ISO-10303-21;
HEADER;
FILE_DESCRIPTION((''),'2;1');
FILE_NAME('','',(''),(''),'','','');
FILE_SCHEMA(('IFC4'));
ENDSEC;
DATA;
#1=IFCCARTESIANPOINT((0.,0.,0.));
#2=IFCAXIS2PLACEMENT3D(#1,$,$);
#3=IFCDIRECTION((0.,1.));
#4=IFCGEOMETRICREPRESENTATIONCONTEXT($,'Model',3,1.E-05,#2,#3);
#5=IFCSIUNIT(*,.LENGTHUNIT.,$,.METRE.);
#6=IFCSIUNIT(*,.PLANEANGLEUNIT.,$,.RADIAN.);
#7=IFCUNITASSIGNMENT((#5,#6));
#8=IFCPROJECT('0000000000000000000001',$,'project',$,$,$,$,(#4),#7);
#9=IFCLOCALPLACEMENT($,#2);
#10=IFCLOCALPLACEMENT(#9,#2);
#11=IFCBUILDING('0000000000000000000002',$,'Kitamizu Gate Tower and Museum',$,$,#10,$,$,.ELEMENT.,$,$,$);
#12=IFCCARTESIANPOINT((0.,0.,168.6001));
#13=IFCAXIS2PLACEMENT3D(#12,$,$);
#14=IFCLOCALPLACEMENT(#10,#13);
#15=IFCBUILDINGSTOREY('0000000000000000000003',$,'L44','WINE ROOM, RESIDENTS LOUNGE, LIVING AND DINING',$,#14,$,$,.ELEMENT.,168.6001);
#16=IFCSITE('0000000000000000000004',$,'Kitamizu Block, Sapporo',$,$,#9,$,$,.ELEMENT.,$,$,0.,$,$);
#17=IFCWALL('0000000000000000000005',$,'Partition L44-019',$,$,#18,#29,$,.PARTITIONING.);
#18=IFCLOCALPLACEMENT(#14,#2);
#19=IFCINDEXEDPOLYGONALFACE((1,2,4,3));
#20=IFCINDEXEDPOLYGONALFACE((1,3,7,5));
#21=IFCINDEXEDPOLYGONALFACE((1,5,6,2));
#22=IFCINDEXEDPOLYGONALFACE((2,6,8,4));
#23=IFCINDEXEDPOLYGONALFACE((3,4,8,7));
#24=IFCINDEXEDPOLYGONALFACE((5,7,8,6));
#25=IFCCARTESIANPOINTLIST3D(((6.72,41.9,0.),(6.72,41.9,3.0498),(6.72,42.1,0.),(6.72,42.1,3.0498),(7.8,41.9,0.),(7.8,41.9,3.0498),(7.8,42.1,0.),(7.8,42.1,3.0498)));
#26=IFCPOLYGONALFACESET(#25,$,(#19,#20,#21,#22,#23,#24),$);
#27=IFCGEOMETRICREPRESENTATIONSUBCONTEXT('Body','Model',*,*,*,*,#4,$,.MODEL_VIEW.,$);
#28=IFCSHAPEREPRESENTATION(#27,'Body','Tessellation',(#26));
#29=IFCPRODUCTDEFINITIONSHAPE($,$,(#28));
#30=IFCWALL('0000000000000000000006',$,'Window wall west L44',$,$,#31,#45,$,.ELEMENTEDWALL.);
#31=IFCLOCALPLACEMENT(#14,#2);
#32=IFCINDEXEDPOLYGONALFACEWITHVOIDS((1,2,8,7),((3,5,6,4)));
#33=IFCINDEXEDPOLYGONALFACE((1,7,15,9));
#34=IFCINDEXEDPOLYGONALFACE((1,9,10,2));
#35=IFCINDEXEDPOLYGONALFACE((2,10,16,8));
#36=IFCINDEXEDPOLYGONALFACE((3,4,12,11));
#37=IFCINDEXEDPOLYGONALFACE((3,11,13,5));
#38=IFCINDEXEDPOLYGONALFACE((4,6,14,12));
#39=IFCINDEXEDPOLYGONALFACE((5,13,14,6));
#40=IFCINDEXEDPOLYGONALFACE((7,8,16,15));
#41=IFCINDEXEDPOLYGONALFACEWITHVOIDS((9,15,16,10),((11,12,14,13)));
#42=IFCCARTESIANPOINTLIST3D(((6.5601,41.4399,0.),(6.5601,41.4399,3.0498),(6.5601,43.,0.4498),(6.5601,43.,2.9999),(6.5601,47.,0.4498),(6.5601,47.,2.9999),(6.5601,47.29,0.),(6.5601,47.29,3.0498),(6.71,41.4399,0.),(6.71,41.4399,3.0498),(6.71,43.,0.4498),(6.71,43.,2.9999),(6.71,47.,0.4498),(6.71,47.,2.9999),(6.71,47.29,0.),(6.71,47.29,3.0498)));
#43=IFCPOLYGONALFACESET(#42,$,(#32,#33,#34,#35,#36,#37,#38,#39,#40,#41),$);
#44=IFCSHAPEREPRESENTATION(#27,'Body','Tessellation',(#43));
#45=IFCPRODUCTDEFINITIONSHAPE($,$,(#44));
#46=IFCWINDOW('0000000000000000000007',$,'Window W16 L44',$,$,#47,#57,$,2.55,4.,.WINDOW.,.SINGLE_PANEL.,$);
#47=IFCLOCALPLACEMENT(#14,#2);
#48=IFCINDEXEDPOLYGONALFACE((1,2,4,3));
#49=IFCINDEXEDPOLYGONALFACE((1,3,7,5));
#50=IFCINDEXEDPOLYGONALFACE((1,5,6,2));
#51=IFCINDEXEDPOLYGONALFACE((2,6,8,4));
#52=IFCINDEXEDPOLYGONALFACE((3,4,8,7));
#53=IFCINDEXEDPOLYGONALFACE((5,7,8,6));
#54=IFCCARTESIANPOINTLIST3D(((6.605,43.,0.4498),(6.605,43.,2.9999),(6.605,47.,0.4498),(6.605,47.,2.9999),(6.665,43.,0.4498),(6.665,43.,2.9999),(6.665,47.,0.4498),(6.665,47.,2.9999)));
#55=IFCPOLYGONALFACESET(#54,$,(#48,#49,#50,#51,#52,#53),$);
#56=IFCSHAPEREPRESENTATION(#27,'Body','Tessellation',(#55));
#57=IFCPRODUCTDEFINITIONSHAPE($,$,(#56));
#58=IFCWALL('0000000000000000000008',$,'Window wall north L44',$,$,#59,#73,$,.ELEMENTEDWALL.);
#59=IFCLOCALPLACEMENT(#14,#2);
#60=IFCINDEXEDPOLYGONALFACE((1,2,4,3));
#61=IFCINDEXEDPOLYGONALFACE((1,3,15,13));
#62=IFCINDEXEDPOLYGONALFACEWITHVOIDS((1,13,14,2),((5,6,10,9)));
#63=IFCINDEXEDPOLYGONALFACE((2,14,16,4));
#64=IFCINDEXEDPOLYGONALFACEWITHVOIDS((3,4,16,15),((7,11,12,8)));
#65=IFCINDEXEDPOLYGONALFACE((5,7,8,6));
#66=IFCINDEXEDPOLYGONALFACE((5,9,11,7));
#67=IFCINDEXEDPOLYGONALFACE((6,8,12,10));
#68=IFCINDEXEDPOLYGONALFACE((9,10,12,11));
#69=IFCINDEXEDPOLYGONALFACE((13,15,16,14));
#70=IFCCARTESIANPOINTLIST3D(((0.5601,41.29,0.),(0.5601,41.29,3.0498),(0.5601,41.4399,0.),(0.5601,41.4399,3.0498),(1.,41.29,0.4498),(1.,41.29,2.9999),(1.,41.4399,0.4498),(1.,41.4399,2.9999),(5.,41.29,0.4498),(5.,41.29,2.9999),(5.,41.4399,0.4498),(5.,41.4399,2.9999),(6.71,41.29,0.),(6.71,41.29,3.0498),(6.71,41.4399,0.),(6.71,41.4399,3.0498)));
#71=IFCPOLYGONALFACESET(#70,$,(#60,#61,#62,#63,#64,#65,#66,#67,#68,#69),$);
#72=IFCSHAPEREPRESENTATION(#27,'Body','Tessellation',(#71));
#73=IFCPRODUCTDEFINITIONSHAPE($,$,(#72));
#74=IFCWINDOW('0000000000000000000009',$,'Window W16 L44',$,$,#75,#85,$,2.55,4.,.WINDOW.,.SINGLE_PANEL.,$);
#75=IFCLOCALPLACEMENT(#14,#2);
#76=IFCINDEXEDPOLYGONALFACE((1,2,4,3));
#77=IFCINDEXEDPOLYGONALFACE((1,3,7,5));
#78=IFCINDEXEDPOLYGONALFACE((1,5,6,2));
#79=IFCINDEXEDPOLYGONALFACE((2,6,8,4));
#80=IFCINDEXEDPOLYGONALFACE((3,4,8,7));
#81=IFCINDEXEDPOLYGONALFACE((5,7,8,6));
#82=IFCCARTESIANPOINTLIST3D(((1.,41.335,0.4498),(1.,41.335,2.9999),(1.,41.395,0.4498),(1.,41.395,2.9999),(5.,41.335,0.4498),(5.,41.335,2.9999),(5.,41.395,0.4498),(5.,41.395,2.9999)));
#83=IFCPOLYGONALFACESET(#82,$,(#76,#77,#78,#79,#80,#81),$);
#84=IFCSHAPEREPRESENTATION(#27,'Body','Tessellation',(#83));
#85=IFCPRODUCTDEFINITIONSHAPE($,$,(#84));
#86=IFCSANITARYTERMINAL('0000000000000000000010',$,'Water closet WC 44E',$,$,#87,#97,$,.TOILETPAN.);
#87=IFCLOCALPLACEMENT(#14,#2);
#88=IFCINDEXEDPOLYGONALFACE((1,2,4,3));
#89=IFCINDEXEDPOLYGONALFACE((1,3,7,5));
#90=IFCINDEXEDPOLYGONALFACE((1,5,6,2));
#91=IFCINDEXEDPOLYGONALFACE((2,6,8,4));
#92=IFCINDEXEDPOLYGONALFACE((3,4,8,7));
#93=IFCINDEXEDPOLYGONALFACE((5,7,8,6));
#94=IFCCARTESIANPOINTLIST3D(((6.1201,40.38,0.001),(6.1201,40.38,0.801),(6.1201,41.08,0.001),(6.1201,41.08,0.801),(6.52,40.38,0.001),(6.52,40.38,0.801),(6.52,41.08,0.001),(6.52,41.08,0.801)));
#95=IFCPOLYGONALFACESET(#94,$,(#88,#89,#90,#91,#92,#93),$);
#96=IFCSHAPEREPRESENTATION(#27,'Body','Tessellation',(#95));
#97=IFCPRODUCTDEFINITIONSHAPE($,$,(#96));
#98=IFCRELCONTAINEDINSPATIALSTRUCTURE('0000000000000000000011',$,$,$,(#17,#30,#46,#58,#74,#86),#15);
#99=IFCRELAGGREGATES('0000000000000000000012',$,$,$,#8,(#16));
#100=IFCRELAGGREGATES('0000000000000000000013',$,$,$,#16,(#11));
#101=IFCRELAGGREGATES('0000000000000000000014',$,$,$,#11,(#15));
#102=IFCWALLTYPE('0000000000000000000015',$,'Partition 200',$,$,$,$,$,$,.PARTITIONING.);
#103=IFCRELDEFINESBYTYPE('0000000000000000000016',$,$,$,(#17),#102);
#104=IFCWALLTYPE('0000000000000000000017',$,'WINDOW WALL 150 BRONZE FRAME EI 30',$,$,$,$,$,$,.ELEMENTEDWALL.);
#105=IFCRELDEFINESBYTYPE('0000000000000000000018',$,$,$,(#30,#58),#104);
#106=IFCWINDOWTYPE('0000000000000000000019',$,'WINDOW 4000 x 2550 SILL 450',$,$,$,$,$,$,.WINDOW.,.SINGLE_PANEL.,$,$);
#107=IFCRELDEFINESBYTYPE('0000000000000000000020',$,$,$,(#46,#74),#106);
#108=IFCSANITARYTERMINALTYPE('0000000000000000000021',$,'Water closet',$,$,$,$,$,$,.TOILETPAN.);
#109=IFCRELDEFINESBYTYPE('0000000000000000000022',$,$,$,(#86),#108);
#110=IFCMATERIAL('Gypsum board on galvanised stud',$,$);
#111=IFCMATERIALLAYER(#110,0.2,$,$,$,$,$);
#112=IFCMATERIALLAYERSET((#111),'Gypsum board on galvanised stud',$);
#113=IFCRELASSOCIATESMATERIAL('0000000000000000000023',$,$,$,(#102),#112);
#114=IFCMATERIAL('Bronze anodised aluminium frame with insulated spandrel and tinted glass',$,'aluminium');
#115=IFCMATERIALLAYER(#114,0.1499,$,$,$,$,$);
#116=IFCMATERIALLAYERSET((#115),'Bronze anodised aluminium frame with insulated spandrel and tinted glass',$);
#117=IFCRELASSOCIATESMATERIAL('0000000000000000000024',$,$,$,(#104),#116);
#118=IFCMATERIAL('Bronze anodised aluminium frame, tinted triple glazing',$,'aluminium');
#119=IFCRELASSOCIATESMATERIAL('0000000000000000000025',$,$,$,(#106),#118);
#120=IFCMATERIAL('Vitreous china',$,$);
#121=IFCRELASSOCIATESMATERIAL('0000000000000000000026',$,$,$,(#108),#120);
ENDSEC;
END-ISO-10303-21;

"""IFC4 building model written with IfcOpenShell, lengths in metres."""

from ifc_helpers import new_model, si_unit, direction, frame, frame_2d, origin, origin_2d, place, context, subcontext, project, spatial, rectangle, extrude, material, layer, layer_set, type_object, element, fill, save


model = new_model("IFC4")

# Units and contexts
model_context = context("Model", 3, precision=1e-05, world=origin(), true_north=direction((0.0, 1.0)))
body_context = subcontext(model_context, "Body", "Model", "MODEL_VIEW")
ifc_project = project(units=[si_unit("LENGTHUNIT", "METRE"), si_unit("PLANEANGLEUNIT", "RADIAN")], contexts=[model_context])

# Site, building, storey
site_placement = place(None, origin())
site = spatial("IfcSite", under=ifc_project, at=site_placement, Name="Kitamizu Block, Sapporo", CompositionType="ELEMENT", RefElevation=0.0)
building_placement = place(site_placement, origin())
building = spatial("IfcBuilding", under=site, at=building_placement, Name="Kitamizu Gate Tower and Museum", CompositionType="ELEMENT")
storey_placement = place(building_placement, frame((0.0, 0.0, 168.6001)))
storey = spatial("IfcBuildingStorey", under=building, at=storey_placement, Name="L44", Description="WINE ROOM, RESIDENTS LOUNGE, LIVING AND DINING", CompositionType="ELEMENT", Elevation=168.6001)

# Wall
ifc_material_1 = material(Name="Gypsum board on galvanised stud")
ifc_layer_1 = layer(ifc_material_1, 0.2)
ifc_layer_set_1 = layer_set([ifc_layer_1], Name="Gypsum board on galvanised stud")
wall_type_1 = type_object("IfcWallType", Name="Partition 200", PredefinedType="PARTITIONING", material=ifc_layer_set_1)
wall_1_placement = place(storey_placement, frame((6.72, 42.0, 0.0), z_axis=(0.0, 0.0, 1.0), x_axis=(1.0, 0.0, 0.0)))
element("IfcWall", 1, at=wall_1_placement, inside=storey, type_object=wall_type_1, Name="Partition L44-019", PredefinedType="PARTITIONING", context=body_context, shape_type="SweptSolid", body=[
    extrude(rectangle(XDim=1.0801, YDim=0.2, at=frame_2d((0.54, 0.0))), origin(), (0.0, 0.0, 1.0), 3.0498),
])

# Shared definitions
ifc_material_2 = material(Name="Bronze anodised aluminium frame with insulated spandrel and tinted glass", Category="aluminium")
ifc_layer_2 = layer(ifc_material_2, 0.1499)
ifc_layer_set_2 = layer_set([ifc_layer_2], Name="Bronze anodised aluminium frame with insulated spandrel and tinted glass")
wall_type_2 = type_object("IfcWallType", Name="WINDOW WALL 150 BRONZE FRAME EI 30", PredefinedType="ELEMENTEDWALL", material=ifc_layer_set_2)

# Walls, openings, windows
wall_2_placement = place(storey_placement, frame((6.635, 41.4399, 0.0), z_axis=(0.0, 0.0, 1.0), x_axis=(0.0, 1.0, 0.0)))
wall_2 = element("IfcWall", 2, at=wall_2_placement, inside=storey, type_object=wall_type_2, Name="Window wall west L44", PredefinedType="ELEMENTEDWALL", context=body_context, shape_type="SweptSolid", body=[
    extrude(rectangle(XDim=5.8501, YDim=0.1499, at=frame_2d((2.925, 0.0))), origin(), (0.0, 0.0, 1.0), 3.0498),
])
opening_1_placement = place(wall_2_placement, frame((1.5601, 0.0, 0.45)))
opening_1 = element("IfcOpeningElement", 3, at=opening_1_placement, cuts=wall_2, PredefinedType="OPENING", context=body_context, shape_type="SweptSolid", body=[
    extrude(rectangle(XDim=4.0, YDim=2.55, at=frame_2d((2.0, 1.2749))), frame((0.0, 0.085, 0.0), z_axis=(0.0, -1.0, 0.0), x_axis=(1.0, 0.0, 0.0)), (0.0, 0.0, 1.0), 0.1699),
])
ifc_material_3 = material(Name="Bronze anodised aluminium frame, tinted triple glazing", Category="aluminium")
window_type_1 = type_object("IfcWindowType", Name="WINDOW 4000 x 2550 SILL 450", PartitioningType="SINGLE_PANEL", PredefinedType="WINDOW", material=ifc_material_3)
window_1_placement = place(opening_1_placement, origin())
window_1 = element("IfcWindow", 4, at=window_1_placement, inside=storey, type_object=window_type_1, Name="Window W16 L44", OverallHeight=2.55, OverallWidth=4.0, PartitioningType="SINGLE_PANEL", PredefinedType="WINDOW", context=body_context, shape_type="SweptSolid", body=[
    extrude(rectangle(XDim=4.0, YDim=2.55, at=frame_2d((2.0, 1.2749))), frame((0.0, 0.03, 0.0), z_axis=(0.0, -1.0, 0.0), x_axis=(1.0, 0.0, 0.0)), (0.0, 0.0, 1.0), 0.0601),
])
fill(opening_1, window_1)
wall_3_placement = place(storey_placement, frame((0.5601, 41.365, 0.0), z_axis=(0.0, 0.0, 1.0), x_axis=(1.0, 0.0, 0.0)))
wall_3 = element("IfcWall", 5, at=wall_3_placement, inside=storey, type_object=wall_type_2, Name="Window wall north L44", PredefinedType="ELEMENTEDWALL", context=body_context, shape_type="SweptSolid", body=[
    extrude(rectangle(XDim=6.1499, YDim=0.1499, at=frame_2d((3.075, 0.0))), origin(), (0.0, 0.0, 1.0), 3.0498),
])
opening_2_placement = place(wall_3_placement, frame((0.4399, 0.0, 0.45)))
opening_2 = element("IfcOpeningElement", 6, at=opening_2_placement, cuts=wall_3, PredefinedType="OPENING", context=body_context, shape_type="SweptSolid", body=[
    extrude(rectangle(XDim=4.0, YDim=2.55, at=frame_2d((2.0, 1.2749))), frame((0.0, 0.085, 0.0), z_axis=(0.0, -1.0, 0.0), x_axis=(1.0, 0.0, 0.0)), (0.0, 0.0, 1.0), 0.1699),
])
window_2_placement = place(opening_2_placement, origin())
window_2 = element("IfcWindow", 7, at=window_2_placement, inside=storey, type_object=window_type_1, Name="Window W16 L44", OverallHeight=2.55, OverallWidth=4.0, PartitioningType="SINGLE_PANEL", PredefinedType="WINDOW", context=body_context, shape_type="SweptSolid", body=[
    extrude(rectangle(XDim=4.0, YDim=2.55, at=frame_2d((2.0, 1.2749))), frame((0.0, 0.03, 0.0), z_axis=(0.0, -1.0, 0.0), x_axis=(1.0, 0.0, 0.0)), (0.0, 0.0, 1.0), 0.0601),
])
fill(opening_2, window_2)

# Sanitary terminal
ifc_material_4 = material(Name="Vitreous china")
sanitary_terminal_type = type_object("IfcSanitaryTerminalType", Name="Water closet", PredefinedType="TOILETPAN", material=ifc_material_4)
sanitary_terminal_placement = place(storey_placement, frame((6.3201, 40.73, 0.001), z_axis=(0.0, 0.0, 1.0), x_axis=(1.0, 0.0, 0.0)))
element("IfcSanitaryTerminal", 8, at=sanitary_terminal_placement, inside=storey, type_object=sanitary_terminal_type, Name="Water closet WC 44E", PredefinedType="TOILETPAN", context=body_context, shape_type="SweptSolid", body=[
    extrude(rectangle(XDim=0.3999, YDim=0.7, at=origin_2d()), origin(), (0.0, 0.0, 1.0), 0.8),
])

save(model, "model.ifc")
